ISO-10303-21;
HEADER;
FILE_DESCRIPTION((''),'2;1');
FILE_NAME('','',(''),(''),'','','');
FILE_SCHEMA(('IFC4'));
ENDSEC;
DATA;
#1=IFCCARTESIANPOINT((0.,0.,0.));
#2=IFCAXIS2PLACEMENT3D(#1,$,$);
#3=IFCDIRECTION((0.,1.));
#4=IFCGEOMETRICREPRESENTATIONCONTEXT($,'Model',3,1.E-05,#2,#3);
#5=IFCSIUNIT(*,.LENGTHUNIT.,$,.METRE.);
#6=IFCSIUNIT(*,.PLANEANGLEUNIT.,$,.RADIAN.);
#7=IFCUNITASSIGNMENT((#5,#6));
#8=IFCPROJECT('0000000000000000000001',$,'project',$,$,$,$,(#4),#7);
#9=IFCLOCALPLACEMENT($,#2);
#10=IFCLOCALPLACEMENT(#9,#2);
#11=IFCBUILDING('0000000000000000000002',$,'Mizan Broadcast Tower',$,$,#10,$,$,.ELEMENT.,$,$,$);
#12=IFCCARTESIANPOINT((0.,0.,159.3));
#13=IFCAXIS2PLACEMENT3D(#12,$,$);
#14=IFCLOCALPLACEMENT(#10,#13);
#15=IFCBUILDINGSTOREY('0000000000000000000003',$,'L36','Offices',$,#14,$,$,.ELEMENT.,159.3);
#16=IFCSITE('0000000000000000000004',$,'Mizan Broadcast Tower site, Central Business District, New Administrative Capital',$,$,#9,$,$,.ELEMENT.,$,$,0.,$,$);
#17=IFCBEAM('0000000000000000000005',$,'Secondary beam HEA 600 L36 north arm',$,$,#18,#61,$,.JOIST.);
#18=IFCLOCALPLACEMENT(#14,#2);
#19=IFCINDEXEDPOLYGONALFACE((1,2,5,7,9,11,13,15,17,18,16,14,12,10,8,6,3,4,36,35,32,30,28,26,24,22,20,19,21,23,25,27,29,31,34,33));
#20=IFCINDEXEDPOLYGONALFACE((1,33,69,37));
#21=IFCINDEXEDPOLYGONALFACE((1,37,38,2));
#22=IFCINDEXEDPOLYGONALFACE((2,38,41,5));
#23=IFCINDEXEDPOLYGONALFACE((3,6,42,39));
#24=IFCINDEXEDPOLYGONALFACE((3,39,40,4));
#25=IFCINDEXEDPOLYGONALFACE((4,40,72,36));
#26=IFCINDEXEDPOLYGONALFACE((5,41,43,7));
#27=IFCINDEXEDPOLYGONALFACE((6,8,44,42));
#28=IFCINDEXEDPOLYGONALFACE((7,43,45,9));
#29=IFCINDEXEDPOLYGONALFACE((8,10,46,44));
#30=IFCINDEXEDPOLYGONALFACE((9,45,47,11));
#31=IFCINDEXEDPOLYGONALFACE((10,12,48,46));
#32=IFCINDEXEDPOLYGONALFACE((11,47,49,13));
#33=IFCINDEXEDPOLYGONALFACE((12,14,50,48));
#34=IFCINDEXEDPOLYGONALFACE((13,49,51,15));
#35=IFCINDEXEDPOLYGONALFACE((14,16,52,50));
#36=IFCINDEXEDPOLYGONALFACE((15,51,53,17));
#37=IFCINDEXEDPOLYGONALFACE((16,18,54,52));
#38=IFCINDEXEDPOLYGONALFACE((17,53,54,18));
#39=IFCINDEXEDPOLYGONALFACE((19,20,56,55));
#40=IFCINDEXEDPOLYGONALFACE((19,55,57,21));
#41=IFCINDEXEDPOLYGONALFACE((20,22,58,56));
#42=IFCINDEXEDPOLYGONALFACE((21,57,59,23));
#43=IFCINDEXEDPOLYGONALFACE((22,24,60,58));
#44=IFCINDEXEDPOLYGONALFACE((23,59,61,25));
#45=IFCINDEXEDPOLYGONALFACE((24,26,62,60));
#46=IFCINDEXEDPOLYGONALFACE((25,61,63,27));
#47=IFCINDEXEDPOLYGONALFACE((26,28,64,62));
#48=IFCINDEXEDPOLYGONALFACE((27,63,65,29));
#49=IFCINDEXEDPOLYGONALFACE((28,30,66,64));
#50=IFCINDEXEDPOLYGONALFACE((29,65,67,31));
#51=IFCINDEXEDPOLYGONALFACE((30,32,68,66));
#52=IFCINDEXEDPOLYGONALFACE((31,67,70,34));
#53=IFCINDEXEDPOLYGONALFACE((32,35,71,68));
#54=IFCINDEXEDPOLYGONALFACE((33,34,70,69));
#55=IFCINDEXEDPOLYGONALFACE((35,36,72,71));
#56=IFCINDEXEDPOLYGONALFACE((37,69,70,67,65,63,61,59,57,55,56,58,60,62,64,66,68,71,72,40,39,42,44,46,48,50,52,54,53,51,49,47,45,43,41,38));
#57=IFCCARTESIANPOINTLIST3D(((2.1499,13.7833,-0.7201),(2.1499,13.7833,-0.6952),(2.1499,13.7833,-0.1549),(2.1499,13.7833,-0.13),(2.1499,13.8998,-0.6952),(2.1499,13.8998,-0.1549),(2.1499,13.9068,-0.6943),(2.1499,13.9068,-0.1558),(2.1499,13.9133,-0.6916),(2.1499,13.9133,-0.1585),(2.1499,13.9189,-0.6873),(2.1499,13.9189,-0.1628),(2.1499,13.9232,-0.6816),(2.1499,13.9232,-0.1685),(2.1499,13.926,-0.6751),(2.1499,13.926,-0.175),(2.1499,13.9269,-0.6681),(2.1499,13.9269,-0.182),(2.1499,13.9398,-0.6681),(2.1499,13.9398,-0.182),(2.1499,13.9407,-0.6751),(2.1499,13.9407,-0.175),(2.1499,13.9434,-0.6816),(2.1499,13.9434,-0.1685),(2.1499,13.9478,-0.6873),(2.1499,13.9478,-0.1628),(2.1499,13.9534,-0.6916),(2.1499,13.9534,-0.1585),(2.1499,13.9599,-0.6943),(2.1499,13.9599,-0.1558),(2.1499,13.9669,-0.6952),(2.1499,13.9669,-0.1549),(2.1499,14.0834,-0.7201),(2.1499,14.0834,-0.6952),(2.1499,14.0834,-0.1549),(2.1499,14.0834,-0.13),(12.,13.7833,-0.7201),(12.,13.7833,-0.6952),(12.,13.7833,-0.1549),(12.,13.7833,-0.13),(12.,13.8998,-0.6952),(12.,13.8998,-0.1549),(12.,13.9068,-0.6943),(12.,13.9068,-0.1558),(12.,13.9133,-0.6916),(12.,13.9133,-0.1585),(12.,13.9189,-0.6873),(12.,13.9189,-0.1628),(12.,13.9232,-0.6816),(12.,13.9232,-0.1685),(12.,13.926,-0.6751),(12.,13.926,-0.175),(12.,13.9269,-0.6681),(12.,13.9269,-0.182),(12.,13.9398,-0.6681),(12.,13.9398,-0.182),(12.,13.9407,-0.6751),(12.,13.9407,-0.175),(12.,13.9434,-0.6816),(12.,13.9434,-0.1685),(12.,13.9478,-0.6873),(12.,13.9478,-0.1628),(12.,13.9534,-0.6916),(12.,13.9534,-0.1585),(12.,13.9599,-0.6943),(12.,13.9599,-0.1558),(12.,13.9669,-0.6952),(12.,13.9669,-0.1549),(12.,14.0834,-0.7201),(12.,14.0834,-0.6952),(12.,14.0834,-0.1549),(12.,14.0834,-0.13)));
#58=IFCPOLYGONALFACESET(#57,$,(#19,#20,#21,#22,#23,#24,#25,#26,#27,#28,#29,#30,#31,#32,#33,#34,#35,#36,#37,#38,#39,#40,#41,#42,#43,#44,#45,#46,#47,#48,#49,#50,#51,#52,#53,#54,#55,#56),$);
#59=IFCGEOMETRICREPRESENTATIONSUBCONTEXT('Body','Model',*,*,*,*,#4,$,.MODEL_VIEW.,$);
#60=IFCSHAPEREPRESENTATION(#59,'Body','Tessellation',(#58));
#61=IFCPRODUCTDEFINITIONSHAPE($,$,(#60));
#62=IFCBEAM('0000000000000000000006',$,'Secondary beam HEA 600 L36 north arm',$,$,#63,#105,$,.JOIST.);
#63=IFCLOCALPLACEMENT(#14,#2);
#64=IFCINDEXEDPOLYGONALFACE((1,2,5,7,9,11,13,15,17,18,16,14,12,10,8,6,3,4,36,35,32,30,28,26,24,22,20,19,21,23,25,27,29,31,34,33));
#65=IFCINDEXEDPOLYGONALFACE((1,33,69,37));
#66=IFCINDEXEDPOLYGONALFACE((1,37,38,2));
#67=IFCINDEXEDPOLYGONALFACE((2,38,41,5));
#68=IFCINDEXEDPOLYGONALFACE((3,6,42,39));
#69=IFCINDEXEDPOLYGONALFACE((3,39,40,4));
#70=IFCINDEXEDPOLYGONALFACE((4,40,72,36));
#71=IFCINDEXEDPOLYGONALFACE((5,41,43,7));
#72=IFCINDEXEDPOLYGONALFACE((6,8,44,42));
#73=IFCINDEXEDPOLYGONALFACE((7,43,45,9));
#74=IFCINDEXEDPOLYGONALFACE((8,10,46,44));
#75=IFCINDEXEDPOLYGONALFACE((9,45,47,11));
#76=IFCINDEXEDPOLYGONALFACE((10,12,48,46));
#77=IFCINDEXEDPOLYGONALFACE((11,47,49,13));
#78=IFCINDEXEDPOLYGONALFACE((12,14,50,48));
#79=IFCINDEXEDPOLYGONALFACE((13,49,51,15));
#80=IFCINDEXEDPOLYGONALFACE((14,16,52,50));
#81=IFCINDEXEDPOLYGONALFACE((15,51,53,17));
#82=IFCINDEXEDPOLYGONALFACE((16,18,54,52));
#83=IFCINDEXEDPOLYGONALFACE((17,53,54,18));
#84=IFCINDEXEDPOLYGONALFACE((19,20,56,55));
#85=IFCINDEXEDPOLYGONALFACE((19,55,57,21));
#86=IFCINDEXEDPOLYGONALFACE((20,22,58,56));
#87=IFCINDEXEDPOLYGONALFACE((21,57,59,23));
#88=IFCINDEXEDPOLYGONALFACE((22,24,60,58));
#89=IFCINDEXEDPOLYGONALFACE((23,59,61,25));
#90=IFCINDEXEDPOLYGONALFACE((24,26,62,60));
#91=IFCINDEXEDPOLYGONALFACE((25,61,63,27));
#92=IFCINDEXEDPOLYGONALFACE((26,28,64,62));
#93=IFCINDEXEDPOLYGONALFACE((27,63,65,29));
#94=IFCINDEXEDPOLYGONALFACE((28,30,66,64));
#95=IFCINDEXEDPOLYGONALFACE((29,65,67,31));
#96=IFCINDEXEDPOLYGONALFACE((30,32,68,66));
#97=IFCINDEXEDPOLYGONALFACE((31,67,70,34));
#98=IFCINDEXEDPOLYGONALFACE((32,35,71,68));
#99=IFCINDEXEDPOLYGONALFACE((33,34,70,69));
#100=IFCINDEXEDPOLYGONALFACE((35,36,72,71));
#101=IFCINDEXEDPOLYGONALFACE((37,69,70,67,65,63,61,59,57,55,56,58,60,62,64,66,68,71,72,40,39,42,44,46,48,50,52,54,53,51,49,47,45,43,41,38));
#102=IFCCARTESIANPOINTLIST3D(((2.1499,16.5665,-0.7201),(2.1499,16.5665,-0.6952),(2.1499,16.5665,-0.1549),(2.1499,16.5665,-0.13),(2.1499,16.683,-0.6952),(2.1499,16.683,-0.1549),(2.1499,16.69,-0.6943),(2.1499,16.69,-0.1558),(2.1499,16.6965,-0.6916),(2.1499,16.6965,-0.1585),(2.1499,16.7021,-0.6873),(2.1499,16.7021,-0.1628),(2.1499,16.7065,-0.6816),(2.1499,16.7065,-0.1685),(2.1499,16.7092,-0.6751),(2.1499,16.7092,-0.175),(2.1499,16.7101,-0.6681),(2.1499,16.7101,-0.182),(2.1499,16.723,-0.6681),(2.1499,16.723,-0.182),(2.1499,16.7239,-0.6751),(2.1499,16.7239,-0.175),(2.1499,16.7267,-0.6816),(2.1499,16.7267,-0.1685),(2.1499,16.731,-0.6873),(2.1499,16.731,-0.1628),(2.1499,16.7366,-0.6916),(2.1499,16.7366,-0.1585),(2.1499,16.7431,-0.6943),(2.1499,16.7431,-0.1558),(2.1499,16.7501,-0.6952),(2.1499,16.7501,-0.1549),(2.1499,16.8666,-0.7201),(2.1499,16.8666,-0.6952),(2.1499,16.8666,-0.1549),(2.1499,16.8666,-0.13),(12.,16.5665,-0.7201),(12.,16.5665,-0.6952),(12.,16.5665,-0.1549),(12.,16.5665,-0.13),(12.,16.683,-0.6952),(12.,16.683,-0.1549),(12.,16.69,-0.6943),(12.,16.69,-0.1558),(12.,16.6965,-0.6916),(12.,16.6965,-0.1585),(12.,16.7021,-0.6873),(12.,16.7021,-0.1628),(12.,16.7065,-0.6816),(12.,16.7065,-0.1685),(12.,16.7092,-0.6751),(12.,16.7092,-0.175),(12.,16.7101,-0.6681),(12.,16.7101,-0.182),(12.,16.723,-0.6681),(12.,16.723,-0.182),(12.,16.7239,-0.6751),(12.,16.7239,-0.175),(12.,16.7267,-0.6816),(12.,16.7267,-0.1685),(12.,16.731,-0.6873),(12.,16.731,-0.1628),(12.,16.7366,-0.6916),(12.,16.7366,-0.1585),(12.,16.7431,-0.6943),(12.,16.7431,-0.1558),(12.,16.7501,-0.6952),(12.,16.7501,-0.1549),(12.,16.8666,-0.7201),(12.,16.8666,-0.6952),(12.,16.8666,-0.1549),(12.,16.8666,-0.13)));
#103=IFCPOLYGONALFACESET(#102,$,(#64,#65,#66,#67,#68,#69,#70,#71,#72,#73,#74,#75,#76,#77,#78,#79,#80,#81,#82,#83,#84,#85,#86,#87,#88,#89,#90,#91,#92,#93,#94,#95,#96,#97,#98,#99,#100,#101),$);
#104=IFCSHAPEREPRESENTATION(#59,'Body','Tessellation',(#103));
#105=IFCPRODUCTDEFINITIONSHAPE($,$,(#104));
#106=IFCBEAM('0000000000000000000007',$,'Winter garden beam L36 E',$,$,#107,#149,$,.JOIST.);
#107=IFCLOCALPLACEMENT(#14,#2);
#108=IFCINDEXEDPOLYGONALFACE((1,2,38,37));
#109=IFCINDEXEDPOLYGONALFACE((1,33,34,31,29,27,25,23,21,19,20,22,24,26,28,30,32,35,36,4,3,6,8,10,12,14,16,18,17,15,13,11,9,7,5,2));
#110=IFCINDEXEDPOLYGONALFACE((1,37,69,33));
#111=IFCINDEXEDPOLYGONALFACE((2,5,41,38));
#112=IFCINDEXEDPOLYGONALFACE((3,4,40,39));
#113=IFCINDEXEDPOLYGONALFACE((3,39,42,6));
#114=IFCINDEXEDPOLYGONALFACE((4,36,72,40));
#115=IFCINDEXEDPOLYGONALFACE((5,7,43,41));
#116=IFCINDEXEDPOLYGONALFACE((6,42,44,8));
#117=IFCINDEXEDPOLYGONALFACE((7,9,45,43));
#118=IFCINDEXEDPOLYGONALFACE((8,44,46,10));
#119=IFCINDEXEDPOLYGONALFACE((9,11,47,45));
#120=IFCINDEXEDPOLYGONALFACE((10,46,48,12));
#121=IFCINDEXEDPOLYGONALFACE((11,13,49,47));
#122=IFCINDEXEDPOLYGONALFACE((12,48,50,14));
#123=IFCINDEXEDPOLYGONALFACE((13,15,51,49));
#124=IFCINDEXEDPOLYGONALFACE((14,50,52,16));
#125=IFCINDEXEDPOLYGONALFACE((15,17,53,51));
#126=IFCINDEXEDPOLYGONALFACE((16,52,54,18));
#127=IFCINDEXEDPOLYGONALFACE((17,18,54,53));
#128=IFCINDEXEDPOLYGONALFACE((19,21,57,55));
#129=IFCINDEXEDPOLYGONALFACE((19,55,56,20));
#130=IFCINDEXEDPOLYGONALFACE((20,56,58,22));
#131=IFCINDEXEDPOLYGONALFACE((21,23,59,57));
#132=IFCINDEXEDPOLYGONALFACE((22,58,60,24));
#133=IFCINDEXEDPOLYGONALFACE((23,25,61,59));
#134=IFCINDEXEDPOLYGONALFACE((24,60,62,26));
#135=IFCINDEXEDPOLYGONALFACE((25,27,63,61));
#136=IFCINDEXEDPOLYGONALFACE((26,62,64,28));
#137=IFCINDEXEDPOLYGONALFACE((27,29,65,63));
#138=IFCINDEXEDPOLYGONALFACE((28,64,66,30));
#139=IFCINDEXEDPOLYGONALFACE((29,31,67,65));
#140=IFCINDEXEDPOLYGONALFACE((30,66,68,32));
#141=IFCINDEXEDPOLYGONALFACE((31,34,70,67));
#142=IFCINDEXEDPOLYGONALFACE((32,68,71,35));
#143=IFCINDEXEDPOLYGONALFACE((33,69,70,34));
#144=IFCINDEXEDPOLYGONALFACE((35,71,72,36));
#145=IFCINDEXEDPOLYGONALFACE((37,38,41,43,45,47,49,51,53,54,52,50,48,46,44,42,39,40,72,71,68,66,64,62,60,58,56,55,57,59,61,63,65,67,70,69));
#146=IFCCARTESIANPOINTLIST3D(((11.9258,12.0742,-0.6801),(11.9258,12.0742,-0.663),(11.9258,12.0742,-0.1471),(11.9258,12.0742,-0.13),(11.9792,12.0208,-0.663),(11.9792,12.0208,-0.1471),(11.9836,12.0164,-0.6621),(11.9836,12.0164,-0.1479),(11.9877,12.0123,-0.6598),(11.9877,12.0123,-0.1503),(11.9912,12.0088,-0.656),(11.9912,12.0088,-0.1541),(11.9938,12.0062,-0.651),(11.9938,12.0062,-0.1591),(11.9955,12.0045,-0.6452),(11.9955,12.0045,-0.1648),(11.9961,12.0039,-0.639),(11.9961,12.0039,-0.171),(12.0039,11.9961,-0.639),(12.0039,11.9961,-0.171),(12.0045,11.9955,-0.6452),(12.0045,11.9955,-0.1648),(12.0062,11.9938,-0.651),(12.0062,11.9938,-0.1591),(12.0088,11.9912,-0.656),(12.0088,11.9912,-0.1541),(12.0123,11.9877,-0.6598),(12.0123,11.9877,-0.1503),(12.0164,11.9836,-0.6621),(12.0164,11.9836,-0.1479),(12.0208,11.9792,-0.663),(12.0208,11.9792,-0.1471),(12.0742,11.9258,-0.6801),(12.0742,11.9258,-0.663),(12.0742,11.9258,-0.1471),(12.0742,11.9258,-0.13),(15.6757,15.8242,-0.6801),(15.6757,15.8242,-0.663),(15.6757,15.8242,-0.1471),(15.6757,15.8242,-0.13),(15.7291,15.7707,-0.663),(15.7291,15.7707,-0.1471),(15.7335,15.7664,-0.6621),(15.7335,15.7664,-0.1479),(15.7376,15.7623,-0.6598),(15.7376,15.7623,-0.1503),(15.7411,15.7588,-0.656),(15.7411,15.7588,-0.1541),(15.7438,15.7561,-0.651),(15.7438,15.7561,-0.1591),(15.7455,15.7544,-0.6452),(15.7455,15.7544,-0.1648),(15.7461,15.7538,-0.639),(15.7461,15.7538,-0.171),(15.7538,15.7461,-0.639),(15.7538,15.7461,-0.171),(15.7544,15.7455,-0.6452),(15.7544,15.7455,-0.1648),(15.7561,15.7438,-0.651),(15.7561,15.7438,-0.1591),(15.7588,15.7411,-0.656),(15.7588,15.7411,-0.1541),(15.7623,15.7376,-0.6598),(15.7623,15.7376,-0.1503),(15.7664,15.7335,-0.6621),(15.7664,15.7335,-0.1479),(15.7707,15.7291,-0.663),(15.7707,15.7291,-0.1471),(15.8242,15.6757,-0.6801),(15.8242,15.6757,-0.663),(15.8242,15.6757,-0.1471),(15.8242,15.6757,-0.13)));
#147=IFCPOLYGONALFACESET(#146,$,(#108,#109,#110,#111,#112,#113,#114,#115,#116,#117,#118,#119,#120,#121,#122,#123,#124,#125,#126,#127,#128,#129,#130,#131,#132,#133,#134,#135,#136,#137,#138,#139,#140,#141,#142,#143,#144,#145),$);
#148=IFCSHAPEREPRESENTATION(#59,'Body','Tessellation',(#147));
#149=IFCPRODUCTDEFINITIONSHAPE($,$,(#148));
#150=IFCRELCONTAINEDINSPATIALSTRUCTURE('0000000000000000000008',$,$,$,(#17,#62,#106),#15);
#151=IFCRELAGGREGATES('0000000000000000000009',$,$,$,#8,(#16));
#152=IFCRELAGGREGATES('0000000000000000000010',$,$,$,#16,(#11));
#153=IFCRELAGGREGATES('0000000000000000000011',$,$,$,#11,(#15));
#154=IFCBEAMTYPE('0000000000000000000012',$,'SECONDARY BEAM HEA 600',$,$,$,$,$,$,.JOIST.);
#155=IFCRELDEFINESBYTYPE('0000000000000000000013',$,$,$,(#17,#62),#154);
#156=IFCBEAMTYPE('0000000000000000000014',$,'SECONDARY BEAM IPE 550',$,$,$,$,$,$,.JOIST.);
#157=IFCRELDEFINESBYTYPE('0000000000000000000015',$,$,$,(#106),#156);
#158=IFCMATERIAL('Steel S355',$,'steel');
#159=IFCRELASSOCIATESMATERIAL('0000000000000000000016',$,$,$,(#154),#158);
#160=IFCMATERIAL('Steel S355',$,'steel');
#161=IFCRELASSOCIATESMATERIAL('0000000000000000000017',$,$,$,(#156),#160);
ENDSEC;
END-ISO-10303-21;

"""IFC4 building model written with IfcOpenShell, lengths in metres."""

from ifc_helpers import new_model, si_unit, direction, frame, origin, origin_2d, place, context, subcontext, project, spatial, i_section, extrude, material, material_profile, profile_set, type_object, element, save


model = new_model("IFC4")

# Units and contexts
model_context = context("Model", 3, precision=1e-05, world=origin(), true_north=direction((0.0, 1.0)))
body_context = subcontext(model_context, "Body", "Model", "MODEL_VIEW")
ifc_project = project(units=[si_unit("LENGTHUNIT", "METRE"), si_unit("PLANEANGLEUNIT", "RADIAN")], contexts=[model_context])

# Site, building, storey
site_placement = place(None, origin())
site = spatial("IfcSite", under=ifc_project, at=site_placement, Name="Mizan Broadcast Tower site, Central Business District, New Administrative Capital", CompositionType="ELEMENT", RefElevation=0.0)
building_placement = place(site_placement, origin())
building = spatial("IfcBuilding", under=site, at=building_placement, Name="Mizan Broadcast Tower", CompositionType="ELEMENT")
storey_placement = place(building_placement, frame((0.0, 0.0, 159.3)))
storey = spatial("IfcBuildingStorey", under=building, at=storey_placement, Name="L36", Description="Offices", CompositionType="ELEMENT", Elevation=159.3)

# Beams
ifc_material_1 = material(Name="Steel S355", Category="steel")
ifc_material_profile_1 = material_profile(ifc_material_1, i_section(OverallWidth=0.3, OverallDepth=0.5901, WebThickness=0.0129, FlangeThickness=0.0249, FilletRadius=0.0271, at=origin_2d()), Name="HEA 600")
ifc_profile_set_1 = profile_set([ifc_material_profile_1], Name="Steel S355")
beam_type_1 = type_object("IfcBeamType", Name="SECONDARY BEAM HEA 600", PredefinedType="JOIST", material=ifc_profile_set_1)
for number, where, z_axis, x_axis, name in (
    (1, (12.0, 13.9333, -0.425), (-1.0, 0.0, 0.0), (0.0, -1.0, 0.0), "Secondary beam HEA 600 L36 north arm"),
    (2, (12.0, 16.7166, -0.425), (-1.0, 0.0, 0.0), (0.0, -1.0, 0.0), "Secondary beam HEA 600 L36 north arm"),
):
    element("IfcBeam", number, at=place(storey_placement, frame(where, z_axis=z_axis, x_axis=x_axis)), inside=storey, type_object=beam_type_1, Name=name, PredefinedType="JOIST", context=body_context, shape_type="SweptSolid", body=[
        extrude(i_section(OverallWidth=0.3, OverallDepth=0.5901, WebThickness=0.0129, FlangeThickness=0.0249, FilletRadius=0.0271, at=origin_2d()), origin(), (0.0, 0.0, 1.0), 9.8501),
    ])
ifc_material_2 = material(Name="Steel S355", Category="steel")
ifc_material_profile_2 = material_profile(ifc_material_2, i_section(OverallWidth=0.21, OverallDepth=0.55, WebThickness=0.011, FlangeThickness=0.0171, FilletRadius=0.0239, at=origin_2d()), Name="IPE 550")
ifc_profile_set_2 = profile_set([ifc_material_profile_2], Name="Steel S355")
beam_type_2 = type_object("IfcBeamType", Name="SECONDARY BEAM IPE 550", PredefinedType="JOIST", material=ifc_profile_set_2)
beam_1_placement = place(storey_placement, frame((12.0, 12.0, -0.405), z_axis=(0.707107, 0.707107, 0.0), x_axis=(-0.707107, 0.707107, 0.0)))
element("IfcBeam", 3, at=beam_1_placement, inside=storey, type_object=beam_type_2, Name="Winter garden beam L36 E", PredefinedType="JOIST", context=body_context, shape_type="SweptSolid", body=[
    extrude(i_section(OverallWidth=0.21, OverallDepth=0.55, WebThickness=0.011, FlangeThickness=0.0171, FilletRadius=0.0239, at=origin_2d()), origin(), (0.0, 0.0, 1.0), 5.3032),
])

save(model, "model.ifc")
